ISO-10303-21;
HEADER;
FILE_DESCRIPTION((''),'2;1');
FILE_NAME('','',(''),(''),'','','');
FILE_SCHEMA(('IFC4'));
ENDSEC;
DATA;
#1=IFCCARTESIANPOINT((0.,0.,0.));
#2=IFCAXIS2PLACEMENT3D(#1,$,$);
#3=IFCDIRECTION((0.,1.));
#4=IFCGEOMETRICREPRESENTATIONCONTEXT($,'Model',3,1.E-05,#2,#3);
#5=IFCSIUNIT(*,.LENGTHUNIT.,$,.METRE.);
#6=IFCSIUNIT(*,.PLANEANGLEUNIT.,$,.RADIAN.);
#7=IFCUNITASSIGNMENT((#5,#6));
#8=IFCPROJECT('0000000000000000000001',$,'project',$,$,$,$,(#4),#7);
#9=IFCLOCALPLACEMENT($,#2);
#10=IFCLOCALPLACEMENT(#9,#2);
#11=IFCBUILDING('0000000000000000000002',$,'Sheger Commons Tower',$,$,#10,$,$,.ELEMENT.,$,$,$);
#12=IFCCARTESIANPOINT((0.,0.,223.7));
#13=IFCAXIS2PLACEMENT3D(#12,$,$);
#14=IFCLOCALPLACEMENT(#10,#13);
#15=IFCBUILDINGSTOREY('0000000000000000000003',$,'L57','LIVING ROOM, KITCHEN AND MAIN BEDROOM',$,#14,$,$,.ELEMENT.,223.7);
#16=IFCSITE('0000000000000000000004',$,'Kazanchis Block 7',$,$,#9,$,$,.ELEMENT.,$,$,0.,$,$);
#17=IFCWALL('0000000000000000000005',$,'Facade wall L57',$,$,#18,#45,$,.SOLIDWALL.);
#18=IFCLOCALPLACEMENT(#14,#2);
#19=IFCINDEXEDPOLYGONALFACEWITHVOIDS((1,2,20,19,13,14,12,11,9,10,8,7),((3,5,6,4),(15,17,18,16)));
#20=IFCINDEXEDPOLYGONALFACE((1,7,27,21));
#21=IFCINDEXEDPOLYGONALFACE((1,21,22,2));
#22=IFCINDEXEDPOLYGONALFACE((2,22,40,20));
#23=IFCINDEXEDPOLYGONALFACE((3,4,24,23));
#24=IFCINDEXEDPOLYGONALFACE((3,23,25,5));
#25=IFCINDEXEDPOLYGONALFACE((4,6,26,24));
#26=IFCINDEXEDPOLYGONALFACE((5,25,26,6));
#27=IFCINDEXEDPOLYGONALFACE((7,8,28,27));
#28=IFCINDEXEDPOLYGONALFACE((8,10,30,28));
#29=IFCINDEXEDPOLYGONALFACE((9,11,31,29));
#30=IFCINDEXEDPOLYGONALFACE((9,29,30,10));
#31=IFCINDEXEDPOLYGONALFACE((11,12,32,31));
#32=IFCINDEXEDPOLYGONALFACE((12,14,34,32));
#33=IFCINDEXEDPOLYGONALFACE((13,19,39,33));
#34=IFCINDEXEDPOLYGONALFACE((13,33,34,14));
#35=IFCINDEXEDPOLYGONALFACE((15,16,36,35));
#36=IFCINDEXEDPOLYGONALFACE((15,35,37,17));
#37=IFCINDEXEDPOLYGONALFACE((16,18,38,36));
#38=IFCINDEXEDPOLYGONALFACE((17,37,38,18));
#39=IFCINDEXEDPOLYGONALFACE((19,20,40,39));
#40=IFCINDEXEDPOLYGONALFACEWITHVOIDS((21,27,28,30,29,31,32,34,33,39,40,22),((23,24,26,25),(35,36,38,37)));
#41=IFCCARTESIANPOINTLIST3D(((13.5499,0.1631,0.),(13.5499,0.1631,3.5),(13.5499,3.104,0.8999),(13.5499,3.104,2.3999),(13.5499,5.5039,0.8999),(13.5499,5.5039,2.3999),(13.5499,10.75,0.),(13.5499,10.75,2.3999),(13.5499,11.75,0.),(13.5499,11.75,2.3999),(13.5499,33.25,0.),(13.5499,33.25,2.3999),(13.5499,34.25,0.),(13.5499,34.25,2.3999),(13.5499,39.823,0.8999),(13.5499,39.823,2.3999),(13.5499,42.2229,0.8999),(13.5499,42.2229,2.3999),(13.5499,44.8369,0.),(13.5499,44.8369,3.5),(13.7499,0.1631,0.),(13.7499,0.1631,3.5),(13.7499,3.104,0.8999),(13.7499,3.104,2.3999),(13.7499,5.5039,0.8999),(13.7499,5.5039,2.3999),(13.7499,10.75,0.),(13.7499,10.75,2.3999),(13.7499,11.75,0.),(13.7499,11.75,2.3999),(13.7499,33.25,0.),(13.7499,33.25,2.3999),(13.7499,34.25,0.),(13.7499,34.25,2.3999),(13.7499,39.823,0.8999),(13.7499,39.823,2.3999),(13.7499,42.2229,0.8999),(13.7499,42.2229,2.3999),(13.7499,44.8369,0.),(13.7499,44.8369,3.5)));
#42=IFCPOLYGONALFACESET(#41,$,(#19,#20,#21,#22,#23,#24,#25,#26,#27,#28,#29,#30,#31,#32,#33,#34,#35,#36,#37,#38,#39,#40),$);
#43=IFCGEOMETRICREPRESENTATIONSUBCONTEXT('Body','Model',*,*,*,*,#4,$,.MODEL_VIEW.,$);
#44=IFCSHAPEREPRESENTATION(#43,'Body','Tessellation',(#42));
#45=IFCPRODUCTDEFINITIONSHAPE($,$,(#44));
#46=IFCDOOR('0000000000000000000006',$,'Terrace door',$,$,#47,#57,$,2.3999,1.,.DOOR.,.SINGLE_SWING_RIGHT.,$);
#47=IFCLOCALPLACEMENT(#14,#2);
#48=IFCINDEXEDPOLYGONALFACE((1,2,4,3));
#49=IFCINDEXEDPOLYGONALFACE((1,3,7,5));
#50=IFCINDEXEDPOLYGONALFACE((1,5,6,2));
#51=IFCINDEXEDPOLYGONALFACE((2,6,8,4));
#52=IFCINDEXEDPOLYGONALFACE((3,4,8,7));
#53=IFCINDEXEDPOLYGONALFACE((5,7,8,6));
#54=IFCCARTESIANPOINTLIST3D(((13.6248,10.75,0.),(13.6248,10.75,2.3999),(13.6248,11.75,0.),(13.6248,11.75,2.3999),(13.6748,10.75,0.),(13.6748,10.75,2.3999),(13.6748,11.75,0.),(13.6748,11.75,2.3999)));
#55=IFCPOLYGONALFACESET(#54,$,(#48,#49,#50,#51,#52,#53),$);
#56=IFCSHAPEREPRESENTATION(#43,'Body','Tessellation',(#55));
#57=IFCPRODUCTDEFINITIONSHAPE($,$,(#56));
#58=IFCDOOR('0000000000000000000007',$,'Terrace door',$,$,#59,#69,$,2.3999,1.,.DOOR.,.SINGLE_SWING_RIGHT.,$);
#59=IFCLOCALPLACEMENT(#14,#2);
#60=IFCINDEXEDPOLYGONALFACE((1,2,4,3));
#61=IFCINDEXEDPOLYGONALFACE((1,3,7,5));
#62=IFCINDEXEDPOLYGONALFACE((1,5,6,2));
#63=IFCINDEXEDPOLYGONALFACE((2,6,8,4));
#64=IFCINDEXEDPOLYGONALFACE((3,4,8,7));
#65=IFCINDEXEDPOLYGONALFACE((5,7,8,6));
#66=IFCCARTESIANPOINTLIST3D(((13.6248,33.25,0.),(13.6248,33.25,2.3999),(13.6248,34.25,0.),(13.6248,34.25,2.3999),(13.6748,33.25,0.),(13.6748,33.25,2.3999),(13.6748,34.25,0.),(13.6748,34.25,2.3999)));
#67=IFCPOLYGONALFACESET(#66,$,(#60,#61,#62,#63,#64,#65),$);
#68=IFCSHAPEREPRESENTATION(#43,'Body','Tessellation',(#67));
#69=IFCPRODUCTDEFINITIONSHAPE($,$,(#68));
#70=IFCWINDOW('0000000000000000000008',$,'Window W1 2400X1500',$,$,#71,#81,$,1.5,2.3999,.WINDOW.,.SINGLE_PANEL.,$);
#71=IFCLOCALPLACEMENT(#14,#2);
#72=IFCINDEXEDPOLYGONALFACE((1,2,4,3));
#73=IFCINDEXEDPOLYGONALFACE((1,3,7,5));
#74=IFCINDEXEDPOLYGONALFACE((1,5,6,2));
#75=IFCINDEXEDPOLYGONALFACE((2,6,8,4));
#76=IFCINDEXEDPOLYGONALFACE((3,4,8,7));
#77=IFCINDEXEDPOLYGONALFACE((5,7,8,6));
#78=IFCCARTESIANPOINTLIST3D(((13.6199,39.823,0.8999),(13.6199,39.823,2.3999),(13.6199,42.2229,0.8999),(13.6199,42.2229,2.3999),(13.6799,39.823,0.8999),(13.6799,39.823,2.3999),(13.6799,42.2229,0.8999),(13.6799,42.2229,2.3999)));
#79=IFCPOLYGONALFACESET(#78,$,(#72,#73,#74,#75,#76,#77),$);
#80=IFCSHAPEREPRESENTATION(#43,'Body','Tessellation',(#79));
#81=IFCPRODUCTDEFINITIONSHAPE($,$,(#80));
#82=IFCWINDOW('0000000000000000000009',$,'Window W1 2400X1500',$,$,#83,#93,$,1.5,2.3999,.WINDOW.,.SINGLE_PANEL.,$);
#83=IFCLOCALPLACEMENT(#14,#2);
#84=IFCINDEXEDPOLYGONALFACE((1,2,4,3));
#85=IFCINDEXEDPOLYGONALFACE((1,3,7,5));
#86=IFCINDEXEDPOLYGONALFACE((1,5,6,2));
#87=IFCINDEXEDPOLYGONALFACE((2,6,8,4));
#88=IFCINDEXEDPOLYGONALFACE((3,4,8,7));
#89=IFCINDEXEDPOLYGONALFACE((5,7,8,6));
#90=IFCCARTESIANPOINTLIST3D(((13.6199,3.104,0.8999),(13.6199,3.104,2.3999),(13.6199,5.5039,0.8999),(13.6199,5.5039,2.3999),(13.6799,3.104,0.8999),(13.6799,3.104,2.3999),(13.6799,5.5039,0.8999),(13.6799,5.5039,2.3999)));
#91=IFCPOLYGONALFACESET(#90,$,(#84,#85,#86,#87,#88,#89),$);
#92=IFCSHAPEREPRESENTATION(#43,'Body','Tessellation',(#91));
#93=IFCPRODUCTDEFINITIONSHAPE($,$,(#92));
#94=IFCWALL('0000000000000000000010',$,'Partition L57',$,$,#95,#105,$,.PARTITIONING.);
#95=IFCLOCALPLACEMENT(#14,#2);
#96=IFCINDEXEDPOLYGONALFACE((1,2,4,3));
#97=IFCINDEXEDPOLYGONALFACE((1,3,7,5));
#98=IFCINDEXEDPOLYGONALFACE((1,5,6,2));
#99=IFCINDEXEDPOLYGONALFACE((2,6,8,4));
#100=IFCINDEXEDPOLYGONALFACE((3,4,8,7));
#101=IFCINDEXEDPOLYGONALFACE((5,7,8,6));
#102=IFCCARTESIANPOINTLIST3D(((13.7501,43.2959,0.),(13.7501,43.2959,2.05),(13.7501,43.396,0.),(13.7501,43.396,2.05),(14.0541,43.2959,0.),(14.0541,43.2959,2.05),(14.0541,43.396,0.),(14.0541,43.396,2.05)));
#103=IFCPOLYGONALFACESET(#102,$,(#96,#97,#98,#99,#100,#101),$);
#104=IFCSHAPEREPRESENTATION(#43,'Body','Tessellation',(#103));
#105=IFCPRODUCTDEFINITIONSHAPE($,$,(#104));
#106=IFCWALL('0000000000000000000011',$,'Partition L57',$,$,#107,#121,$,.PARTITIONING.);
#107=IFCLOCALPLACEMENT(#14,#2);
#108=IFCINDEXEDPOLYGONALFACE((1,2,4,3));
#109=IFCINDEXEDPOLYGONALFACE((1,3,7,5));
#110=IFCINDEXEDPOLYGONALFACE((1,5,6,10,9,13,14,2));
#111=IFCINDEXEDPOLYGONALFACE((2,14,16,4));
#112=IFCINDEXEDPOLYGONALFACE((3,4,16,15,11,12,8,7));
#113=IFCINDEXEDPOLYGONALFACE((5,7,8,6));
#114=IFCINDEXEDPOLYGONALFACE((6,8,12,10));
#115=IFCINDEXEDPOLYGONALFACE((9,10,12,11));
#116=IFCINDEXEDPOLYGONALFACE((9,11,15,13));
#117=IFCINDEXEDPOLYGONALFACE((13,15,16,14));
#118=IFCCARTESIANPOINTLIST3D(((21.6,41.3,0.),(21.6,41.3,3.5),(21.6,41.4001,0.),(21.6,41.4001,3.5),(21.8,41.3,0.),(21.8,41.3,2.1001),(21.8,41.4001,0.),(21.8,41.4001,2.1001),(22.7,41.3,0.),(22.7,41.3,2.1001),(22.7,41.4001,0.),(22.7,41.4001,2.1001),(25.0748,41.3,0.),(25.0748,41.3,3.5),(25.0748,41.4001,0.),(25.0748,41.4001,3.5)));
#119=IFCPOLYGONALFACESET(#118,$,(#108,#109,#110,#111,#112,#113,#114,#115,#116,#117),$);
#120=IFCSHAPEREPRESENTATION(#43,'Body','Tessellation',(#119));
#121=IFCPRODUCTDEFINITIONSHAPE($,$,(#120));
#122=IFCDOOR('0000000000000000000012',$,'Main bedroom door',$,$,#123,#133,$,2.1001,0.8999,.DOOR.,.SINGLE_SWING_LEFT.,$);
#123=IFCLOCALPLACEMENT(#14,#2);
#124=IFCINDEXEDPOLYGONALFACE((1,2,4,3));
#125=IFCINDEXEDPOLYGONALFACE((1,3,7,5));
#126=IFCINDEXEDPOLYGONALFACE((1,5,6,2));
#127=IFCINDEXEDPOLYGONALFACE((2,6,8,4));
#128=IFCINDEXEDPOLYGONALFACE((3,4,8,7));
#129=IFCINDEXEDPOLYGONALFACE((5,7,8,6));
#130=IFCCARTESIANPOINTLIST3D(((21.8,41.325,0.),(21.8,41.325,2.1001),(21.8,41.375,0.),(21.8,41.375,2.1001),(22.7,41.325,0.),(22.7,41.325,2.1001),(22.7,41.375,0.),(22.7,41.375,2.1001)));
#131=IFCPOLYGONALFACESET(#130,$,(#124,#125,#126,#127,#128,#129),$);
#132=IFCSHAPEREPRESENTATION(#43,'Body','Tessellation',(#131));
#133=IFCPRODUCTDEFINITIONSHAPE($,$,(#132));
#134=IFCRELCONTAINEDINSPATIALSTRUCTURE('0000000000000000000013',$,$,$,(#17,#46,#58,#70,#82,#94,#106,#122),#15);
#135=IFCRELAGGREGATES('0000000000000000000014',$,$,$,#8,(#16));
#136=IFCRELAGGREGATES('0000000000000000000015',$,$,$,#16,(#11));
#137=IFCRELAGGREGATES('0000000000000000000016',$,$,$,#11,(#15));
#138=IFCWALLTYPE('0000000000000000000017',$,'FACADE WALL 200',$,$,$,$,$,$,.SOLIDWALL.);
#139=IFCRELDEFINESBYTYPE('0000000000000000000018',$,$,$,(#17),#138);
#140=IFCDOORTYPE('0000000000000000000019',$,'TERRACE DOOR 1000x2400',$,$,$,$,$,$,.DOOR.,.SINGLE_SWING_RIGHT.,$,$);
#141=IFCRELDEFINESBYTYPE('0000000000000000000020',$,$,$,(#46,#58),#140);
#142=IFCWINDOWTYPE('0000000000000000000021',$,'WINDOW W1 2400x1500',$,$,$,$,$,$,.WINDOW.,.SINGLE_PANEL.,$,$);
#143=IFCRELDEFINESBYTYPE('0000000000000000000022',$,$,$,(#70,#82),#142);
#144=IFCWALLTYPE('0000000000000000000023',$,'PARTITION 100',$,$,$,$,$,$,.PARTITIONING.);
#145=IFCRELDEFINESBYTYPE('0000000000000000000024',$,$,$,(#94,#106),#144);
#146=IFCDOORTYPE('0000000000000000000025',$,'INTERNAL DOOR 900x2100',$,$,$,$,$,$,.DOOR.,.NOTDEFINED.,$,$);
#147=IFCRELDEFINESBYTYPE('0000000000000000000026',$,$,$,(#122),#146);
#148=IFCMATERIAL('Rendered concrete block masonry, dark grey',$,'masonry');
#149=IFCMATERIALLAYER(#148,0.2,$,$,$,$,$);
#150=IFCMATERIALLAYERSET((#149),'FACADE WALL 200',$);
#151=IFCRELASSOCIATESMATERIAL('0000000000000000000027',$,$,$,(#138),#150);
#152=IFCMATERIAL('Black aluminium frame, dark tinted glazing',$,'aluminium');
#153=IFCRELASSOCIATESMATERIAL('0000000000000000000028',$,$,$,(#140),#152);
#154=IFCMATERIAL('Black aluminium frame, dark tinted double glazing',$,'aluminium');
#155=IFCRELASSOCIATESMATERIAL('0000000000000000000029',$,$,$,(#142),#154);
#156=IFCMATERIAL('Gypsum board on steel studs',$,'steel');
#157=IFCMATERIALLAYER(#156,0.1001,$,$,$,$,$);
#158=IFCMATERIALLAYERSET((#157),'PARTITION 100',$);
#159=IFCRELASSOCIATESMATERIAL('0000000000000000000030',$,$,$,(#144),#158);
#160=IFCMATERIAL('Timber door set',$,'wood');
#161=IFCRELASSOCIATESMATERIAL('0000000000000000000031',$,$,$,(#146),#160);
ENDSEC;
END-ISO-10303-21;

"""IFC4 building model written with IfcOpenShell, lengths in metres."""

from ifc_helpers import new_model, si_unit, direction, frame, frame_2d, origin, place, context, subcontext, project, spatial, rectangle, extrude, material, layer, layer_set, type_object, element, fill, save


model = new_model("IFC4")

# Units and contexts
model_context = context("Model", 3, precision=1e-05, world=origin(), true_north=direction((0.0, 1.0)))
body_context = subcontext(model_context, "Body", "Model", "MODEL_VIEW")
ifc_project = project(units=[si_unit("LENGTHUNIT", "METRE"), si_unit("PLANEANGLEUNIT", "RADIAN")], contexts=[model_context])

# Site, building, storey
site_placement = place(None, origin())
site = spatial("IfcSite", under=ifc_project, at=site_placement, Name="Kazanchis Block 7", CompositionType="ELEMENT", RefElevation=0.0)
building_placement = place(site_placement, origin())
building = spatial("IfcBuilding", under=site, at=building_placement, Name="Sheger Commons Tower", CompositionType="ELEMENT")
storey_placement = place(building_placement, frame((0.0, 0.0, 223.7)))
storey = spatial("IfcBuildingStorey", under=building, at=storey_placement, Name="L57", Description="LIVING ROOM, KITCHEN AND MAIN BEDROOM", CompositionType="ELEMENT", Elevation=223.7)

# Shared definitions
ifc_material_1 = material(Name="Rendered concrete block masonry, dark grey", Category="masonry")
ifc_layer_1 = layer(ifc_material_1, 0.2)
ifc_layer_set_1 = layer_set([ifc_layer_1], Name="FACADE WALL 200")
wall_type_1 = type_object("IfcWallType", Name="FACADE WALL 200", PredefinedType="SOLIDWALL", material=ifc_layer_set_1)

# Wall, openings, doors, windows
wall_1_placement = place(storey_placement, frame((13.6499, 44.8369, 0.0), z_axis=(0.0, 0.0, 1.0), x_axis=(0.0, -1.0, 0.0)))
wall_1 = element("IfcWall", 1, at=wall_1_placement, inside=storey, type_object=wall_type_1, Name="Facade wall L57", PredefinedType="SOLIDWALL", context=body_context, shape_type="SweptSolid", body=[
    extrude(rectangle(XDim=44.6738, YDim=0.2, at=frame_2d((22.3369, 0.0))), origin(), (0.0, 0.0, 1.0), 3.5),
])
opening_1_placement = place(wall_1_placement, frame((2.614, 0.0, 0.8999)))
opening_1 = element("IfcOpeningElement", 2, at=opening_1_placement, cuts=wall_1, PredefinedType="OPENING", context=body_context, shape_type="SweptSolid", body=[
    extrude(rectangle(XDim=2.3999, YDim=1.5, at=frame_2d((1.2, 0.75))), frame((0.0, 0.1099, 0.0), z_axis=(0.0, -1.0, 0.0), x_axis=(1.0, 0.0, 0.0)), (0.0, 0.0, 1.0), 0.22),
])
opening_2_placement = place(wall_1_placement, frame((39.333, 0.0, 0.8999)))
opening_2 = element("IfcOpeningElement", 3, at=opening_2_placement, cuts=wall_1, PredefinedType="OPENING", context=body_context, shape_type="SweptSolid", body=[
    extrude(rectangle(XDim=2.3999, YDim=1.5, at=frame_2d((1.2, 0.75))), frame((0.0, 0.1099, 0.0), z_axis=(0.0, -1.0, 0.0), x_axis=(1.0, 0.0, 0.0)), (0.0, 0.0, 1.0), 0.22),
])
opening_3_placement = place(wall_1_placement, frame((33.0869, 0.0, 0.0)))
opening_3 = element("IfcOpeningElement", 4, at=opening_3_placement, cuts=wall_1, PredefinedType="OPENING", context=body_context, shape_type="SweptSolid", body=[
    extrude(rectangle(XDim=1.0, YDim=2.3999, at=frame_2d((0.5, 1.2))), frame((0.0, 0.1099, 0.0), z_axis=(0.0, -1.0, 0.0), x_axis=(1.0, 0.0, 0.0)), (0.0, 0.0, 1.0), 0.22),
])
opening_4_placement = place(wall_1_placement, frame((10.5869, 0.0, 0.0)))
opening_4 = element("IfcOpeningElement", 5, at=opening_4_placement, cuts=wall_1, PredefinedType="OPENING", context=body_context, shape_type="SweptSolid", body=[
    extrude(rectangle(XDim=1.0, YDim=2.3999, at=frame_2d((0.5, 1.2))), frame((0.0, 0.1099, 0.0), z_axis=(0.0, -1.0, 0.0), x_axis=(1.0, 0.0, 0.0)), (0.0, 0.0, 1.0), 0.22),
])
ifc_material_2 = material(Name="Black aluminium frame, dark tinted glazing", Category="aluminium")
door_type_1 = type_object("IfcDoorType", Name="TERRACE DOOR 1000x2400", OperationType="SINGLE_SWING_RIGHT", PredefinedType="DOOR", material=ifc_material_2)
door_1_placement = place(opening_3_placement, origin())
door_1 = element("IfcDoor", 6, at=door_1_placement, inside=storey, type_object=door_type_1, Name="Terrace door", OperationType="SINGLE_SWING_RIGHT", OverallHeight=2.3999, OverallWidth=1.0, PredefinedType="DOOR", context=body_context, shape_type="SweptSolid", body=[
    extrude(rectangle(XDim=1.0, YDim=2.3999, at=frame_2d((0.5, 1.2))), frame((0.0, 0.0249, 0.0), z_axis=(0.0, -1.0, 0.0), x_axis=(1.0, 0.0, 0.0)), (0.0, 0.0, 1.0), 0.05),
])
fill(opening_3, door_1)
door_2_placement = place(opening_4_placement, origin())
door_2 = element("IfcDoor", 7, at=door_2_placement, inside=storey, type_object=door_type_1, Name="Terrace door", OperationType="SINGLE_SWING_RIGHT", OverallHeight=2.3999, OverallWidth=1.0, PredefinedType="DOOR", context=body_context, shape_type="SweptSolid", body=[
    extrude(rectangle(XDim=1.0, YDim=2.3999, at=frame_2d((0.5, 1.2))), frame((0.0, 0.0249, 0.0), z_axis=(0.0, -1.0, 0.0), x_axis=(1.0, 0.0, 0.0)), (0.0, 0.0, 1.0), 0.05),
])
fill(opening_4, door_2)
ifc_material_3 = material(Name="Black aluminium frame, dark tinted double glazing", Category="aluminium")
window_type = type_object("IfcWindowType", Name="WINDOW W1 2400x1500", PartitioningType="SINGLE_PANEL", PredefinedType="WINDOW", material=ifc_material_3)
window_1_placement = place(opening_1_placement, origin())
window_1 = element("IfcWindow", 8, at=window_1_placement, inside=storey, type_object=window_type, Name="Window W1 2400X1500", OverallHeight=1.5, OverallWidth=2.3999, PartitioningType="SINGLE_PANEL", PredefinedType="WINDOW", context=body_context, shape_type="SweptSolid", body=[
    extrude(rectangle(XDim=2.3999, YDim=1.5, at=frame_2d((1.2, 0.75))), frame((0.0, 0.03, 0.0), z_axis=(0.0, -1.0, 0.0), x_axis=(1.0, 0.0, 0.0)), (0.0, 0.0, 1.0), 0.0601),
])
fill(opening_1, window_1)
window_2_placement = place(opening_2_placement, origin())
window_2 = element("IfcWindow", 9, at=window_2_placement, inside=storey, type_object=window_type, Name="Window W1 2400X1500", OverallHeight=1.5, OverallWidth=2.3999, PartitioningType="SINGLE_PANEL", PredefinedType="WINDOW", context=body_context, shape_type="SweptSolid", body=[
    extrude(rectangle(XDim=2.3999, YDim=1.5, at=frame_2d((1.2, 0.75))), frame((0.0, 0.03, 0.0), z_axis=(0.0, -1.0, 0.0), x_axis=(1.0, 0.0, 0.0)), (0.0, 0.0, 1.0), 0.0601),
])
fill(opening_2, window_2)

# Wall
ifc_material_4 = material(Name="Gypsum board on steel studs", Category="steel")
ifc_layer_2 = layer(ifc_material_4, 0.1001)
ifc_layer_set_2 = layer_set([ifc_layer_2], Name="PARTITION 100")
wall_type_2 = type_object("IfcWallType", Name="PARTITION 100", PredefinedType="PARTITIONING", material=ifc_layer_set_2)
wall_2_placement = place(storey_placement, frame((14.054, 43.3459, 0.0), z_axis=(0.0, 0.0, 1.0), x_axis=(-1.0, 0.0, 0.0)))
element("IfcWall", 10, at=wall_2_placement, inside=storey, type_object=wall_type_2, Name="Partition L57", PredefinedType="PARTITIONING", context=body_context, shape_type="SweptSolid", body=[
    extrude(rectangle(XDim=0.304, YDim=0.1001, at=frame_2d((0.1519, 0.0))), origin(), (0.0, 0.0, 1.0), 2.05),
])

# Wall, opening, door
wall_3_placement = place(storey_placement, frame((21.6001, 41.3501, 0.0), z_axis=(0.0, 0.0, 1.0), x_axis=(1.0, 0.0, 0.0)))
wall_3 = element("IfcWall", 11, at=wall_3_placement, inside=storey, type_object=wall_type_2, Name="Partition L57", PredefinedType="PARTITIONING", context=body_context, shape_type="SweptSolid", body=[
    extrude(rectangle(XDim=3.4749, YDim=0.1001, at=frame_2d((1.7373, 0.0))), origin(), (0.0, 0.0, 1.0), 3.5),
])
opening_5_placement = place(wall_3_placement, frame((0.2, 0.0, 0.0)))
opening_5 = element("IfcOpeningElement", 12, at=opening_5_placement, cuts=wall_3, PredefinedType="OPENING", context=body_context, shape_type="SweptSolid", body=[
    extrude(rectangle(XDim=0.8999, YDim=2.1001, at=frame_2d((0.45, 1.05))), frame((0.0, 0.0601, 0.0), z_axis=(0.0, -1.0, 0.0), x_axis=(1.0, 0.0, 0.0)), (0.0, 0.0, 1.0), 0.1201),
])
ifc_material_5 = material(Name="Timber door set", Category="wood")
door_type_2 = type_object("IfcDoorType", Name="INTERNAL DOOR 900x2100", OperationType="NOTDEFINED", PredefinedType="DOOR", material=ifc_material_5)
door_3_placement = place(opening_5_placement, origin())
door_3 = element("IfcDoor", 13, at=door_3_placement, inside=storey, type_object=door_type_2, Name="Main bedroom door", OperationType="SINGLE_SWING_LEFT", OverallHeight=2.1001, OverallWidth=0.8999, PredefinedType="DOOR", context=body_context, shape_type="SweptSolid", body=[
    extrude(rectangle(XDim=0.8999, YDim=2.1001, at=frame_2d((0.45, 1.05))), frame((0.0, 0.0249, 0.0), z_axis=(0.0, -1.0, 0.0), x_axis=(1.0, 0.0, 0.0)), (0.0, 0.0, 1.0), 0.05),
])
fill(opening_5, door_3)

save(model, "model.ifc")
